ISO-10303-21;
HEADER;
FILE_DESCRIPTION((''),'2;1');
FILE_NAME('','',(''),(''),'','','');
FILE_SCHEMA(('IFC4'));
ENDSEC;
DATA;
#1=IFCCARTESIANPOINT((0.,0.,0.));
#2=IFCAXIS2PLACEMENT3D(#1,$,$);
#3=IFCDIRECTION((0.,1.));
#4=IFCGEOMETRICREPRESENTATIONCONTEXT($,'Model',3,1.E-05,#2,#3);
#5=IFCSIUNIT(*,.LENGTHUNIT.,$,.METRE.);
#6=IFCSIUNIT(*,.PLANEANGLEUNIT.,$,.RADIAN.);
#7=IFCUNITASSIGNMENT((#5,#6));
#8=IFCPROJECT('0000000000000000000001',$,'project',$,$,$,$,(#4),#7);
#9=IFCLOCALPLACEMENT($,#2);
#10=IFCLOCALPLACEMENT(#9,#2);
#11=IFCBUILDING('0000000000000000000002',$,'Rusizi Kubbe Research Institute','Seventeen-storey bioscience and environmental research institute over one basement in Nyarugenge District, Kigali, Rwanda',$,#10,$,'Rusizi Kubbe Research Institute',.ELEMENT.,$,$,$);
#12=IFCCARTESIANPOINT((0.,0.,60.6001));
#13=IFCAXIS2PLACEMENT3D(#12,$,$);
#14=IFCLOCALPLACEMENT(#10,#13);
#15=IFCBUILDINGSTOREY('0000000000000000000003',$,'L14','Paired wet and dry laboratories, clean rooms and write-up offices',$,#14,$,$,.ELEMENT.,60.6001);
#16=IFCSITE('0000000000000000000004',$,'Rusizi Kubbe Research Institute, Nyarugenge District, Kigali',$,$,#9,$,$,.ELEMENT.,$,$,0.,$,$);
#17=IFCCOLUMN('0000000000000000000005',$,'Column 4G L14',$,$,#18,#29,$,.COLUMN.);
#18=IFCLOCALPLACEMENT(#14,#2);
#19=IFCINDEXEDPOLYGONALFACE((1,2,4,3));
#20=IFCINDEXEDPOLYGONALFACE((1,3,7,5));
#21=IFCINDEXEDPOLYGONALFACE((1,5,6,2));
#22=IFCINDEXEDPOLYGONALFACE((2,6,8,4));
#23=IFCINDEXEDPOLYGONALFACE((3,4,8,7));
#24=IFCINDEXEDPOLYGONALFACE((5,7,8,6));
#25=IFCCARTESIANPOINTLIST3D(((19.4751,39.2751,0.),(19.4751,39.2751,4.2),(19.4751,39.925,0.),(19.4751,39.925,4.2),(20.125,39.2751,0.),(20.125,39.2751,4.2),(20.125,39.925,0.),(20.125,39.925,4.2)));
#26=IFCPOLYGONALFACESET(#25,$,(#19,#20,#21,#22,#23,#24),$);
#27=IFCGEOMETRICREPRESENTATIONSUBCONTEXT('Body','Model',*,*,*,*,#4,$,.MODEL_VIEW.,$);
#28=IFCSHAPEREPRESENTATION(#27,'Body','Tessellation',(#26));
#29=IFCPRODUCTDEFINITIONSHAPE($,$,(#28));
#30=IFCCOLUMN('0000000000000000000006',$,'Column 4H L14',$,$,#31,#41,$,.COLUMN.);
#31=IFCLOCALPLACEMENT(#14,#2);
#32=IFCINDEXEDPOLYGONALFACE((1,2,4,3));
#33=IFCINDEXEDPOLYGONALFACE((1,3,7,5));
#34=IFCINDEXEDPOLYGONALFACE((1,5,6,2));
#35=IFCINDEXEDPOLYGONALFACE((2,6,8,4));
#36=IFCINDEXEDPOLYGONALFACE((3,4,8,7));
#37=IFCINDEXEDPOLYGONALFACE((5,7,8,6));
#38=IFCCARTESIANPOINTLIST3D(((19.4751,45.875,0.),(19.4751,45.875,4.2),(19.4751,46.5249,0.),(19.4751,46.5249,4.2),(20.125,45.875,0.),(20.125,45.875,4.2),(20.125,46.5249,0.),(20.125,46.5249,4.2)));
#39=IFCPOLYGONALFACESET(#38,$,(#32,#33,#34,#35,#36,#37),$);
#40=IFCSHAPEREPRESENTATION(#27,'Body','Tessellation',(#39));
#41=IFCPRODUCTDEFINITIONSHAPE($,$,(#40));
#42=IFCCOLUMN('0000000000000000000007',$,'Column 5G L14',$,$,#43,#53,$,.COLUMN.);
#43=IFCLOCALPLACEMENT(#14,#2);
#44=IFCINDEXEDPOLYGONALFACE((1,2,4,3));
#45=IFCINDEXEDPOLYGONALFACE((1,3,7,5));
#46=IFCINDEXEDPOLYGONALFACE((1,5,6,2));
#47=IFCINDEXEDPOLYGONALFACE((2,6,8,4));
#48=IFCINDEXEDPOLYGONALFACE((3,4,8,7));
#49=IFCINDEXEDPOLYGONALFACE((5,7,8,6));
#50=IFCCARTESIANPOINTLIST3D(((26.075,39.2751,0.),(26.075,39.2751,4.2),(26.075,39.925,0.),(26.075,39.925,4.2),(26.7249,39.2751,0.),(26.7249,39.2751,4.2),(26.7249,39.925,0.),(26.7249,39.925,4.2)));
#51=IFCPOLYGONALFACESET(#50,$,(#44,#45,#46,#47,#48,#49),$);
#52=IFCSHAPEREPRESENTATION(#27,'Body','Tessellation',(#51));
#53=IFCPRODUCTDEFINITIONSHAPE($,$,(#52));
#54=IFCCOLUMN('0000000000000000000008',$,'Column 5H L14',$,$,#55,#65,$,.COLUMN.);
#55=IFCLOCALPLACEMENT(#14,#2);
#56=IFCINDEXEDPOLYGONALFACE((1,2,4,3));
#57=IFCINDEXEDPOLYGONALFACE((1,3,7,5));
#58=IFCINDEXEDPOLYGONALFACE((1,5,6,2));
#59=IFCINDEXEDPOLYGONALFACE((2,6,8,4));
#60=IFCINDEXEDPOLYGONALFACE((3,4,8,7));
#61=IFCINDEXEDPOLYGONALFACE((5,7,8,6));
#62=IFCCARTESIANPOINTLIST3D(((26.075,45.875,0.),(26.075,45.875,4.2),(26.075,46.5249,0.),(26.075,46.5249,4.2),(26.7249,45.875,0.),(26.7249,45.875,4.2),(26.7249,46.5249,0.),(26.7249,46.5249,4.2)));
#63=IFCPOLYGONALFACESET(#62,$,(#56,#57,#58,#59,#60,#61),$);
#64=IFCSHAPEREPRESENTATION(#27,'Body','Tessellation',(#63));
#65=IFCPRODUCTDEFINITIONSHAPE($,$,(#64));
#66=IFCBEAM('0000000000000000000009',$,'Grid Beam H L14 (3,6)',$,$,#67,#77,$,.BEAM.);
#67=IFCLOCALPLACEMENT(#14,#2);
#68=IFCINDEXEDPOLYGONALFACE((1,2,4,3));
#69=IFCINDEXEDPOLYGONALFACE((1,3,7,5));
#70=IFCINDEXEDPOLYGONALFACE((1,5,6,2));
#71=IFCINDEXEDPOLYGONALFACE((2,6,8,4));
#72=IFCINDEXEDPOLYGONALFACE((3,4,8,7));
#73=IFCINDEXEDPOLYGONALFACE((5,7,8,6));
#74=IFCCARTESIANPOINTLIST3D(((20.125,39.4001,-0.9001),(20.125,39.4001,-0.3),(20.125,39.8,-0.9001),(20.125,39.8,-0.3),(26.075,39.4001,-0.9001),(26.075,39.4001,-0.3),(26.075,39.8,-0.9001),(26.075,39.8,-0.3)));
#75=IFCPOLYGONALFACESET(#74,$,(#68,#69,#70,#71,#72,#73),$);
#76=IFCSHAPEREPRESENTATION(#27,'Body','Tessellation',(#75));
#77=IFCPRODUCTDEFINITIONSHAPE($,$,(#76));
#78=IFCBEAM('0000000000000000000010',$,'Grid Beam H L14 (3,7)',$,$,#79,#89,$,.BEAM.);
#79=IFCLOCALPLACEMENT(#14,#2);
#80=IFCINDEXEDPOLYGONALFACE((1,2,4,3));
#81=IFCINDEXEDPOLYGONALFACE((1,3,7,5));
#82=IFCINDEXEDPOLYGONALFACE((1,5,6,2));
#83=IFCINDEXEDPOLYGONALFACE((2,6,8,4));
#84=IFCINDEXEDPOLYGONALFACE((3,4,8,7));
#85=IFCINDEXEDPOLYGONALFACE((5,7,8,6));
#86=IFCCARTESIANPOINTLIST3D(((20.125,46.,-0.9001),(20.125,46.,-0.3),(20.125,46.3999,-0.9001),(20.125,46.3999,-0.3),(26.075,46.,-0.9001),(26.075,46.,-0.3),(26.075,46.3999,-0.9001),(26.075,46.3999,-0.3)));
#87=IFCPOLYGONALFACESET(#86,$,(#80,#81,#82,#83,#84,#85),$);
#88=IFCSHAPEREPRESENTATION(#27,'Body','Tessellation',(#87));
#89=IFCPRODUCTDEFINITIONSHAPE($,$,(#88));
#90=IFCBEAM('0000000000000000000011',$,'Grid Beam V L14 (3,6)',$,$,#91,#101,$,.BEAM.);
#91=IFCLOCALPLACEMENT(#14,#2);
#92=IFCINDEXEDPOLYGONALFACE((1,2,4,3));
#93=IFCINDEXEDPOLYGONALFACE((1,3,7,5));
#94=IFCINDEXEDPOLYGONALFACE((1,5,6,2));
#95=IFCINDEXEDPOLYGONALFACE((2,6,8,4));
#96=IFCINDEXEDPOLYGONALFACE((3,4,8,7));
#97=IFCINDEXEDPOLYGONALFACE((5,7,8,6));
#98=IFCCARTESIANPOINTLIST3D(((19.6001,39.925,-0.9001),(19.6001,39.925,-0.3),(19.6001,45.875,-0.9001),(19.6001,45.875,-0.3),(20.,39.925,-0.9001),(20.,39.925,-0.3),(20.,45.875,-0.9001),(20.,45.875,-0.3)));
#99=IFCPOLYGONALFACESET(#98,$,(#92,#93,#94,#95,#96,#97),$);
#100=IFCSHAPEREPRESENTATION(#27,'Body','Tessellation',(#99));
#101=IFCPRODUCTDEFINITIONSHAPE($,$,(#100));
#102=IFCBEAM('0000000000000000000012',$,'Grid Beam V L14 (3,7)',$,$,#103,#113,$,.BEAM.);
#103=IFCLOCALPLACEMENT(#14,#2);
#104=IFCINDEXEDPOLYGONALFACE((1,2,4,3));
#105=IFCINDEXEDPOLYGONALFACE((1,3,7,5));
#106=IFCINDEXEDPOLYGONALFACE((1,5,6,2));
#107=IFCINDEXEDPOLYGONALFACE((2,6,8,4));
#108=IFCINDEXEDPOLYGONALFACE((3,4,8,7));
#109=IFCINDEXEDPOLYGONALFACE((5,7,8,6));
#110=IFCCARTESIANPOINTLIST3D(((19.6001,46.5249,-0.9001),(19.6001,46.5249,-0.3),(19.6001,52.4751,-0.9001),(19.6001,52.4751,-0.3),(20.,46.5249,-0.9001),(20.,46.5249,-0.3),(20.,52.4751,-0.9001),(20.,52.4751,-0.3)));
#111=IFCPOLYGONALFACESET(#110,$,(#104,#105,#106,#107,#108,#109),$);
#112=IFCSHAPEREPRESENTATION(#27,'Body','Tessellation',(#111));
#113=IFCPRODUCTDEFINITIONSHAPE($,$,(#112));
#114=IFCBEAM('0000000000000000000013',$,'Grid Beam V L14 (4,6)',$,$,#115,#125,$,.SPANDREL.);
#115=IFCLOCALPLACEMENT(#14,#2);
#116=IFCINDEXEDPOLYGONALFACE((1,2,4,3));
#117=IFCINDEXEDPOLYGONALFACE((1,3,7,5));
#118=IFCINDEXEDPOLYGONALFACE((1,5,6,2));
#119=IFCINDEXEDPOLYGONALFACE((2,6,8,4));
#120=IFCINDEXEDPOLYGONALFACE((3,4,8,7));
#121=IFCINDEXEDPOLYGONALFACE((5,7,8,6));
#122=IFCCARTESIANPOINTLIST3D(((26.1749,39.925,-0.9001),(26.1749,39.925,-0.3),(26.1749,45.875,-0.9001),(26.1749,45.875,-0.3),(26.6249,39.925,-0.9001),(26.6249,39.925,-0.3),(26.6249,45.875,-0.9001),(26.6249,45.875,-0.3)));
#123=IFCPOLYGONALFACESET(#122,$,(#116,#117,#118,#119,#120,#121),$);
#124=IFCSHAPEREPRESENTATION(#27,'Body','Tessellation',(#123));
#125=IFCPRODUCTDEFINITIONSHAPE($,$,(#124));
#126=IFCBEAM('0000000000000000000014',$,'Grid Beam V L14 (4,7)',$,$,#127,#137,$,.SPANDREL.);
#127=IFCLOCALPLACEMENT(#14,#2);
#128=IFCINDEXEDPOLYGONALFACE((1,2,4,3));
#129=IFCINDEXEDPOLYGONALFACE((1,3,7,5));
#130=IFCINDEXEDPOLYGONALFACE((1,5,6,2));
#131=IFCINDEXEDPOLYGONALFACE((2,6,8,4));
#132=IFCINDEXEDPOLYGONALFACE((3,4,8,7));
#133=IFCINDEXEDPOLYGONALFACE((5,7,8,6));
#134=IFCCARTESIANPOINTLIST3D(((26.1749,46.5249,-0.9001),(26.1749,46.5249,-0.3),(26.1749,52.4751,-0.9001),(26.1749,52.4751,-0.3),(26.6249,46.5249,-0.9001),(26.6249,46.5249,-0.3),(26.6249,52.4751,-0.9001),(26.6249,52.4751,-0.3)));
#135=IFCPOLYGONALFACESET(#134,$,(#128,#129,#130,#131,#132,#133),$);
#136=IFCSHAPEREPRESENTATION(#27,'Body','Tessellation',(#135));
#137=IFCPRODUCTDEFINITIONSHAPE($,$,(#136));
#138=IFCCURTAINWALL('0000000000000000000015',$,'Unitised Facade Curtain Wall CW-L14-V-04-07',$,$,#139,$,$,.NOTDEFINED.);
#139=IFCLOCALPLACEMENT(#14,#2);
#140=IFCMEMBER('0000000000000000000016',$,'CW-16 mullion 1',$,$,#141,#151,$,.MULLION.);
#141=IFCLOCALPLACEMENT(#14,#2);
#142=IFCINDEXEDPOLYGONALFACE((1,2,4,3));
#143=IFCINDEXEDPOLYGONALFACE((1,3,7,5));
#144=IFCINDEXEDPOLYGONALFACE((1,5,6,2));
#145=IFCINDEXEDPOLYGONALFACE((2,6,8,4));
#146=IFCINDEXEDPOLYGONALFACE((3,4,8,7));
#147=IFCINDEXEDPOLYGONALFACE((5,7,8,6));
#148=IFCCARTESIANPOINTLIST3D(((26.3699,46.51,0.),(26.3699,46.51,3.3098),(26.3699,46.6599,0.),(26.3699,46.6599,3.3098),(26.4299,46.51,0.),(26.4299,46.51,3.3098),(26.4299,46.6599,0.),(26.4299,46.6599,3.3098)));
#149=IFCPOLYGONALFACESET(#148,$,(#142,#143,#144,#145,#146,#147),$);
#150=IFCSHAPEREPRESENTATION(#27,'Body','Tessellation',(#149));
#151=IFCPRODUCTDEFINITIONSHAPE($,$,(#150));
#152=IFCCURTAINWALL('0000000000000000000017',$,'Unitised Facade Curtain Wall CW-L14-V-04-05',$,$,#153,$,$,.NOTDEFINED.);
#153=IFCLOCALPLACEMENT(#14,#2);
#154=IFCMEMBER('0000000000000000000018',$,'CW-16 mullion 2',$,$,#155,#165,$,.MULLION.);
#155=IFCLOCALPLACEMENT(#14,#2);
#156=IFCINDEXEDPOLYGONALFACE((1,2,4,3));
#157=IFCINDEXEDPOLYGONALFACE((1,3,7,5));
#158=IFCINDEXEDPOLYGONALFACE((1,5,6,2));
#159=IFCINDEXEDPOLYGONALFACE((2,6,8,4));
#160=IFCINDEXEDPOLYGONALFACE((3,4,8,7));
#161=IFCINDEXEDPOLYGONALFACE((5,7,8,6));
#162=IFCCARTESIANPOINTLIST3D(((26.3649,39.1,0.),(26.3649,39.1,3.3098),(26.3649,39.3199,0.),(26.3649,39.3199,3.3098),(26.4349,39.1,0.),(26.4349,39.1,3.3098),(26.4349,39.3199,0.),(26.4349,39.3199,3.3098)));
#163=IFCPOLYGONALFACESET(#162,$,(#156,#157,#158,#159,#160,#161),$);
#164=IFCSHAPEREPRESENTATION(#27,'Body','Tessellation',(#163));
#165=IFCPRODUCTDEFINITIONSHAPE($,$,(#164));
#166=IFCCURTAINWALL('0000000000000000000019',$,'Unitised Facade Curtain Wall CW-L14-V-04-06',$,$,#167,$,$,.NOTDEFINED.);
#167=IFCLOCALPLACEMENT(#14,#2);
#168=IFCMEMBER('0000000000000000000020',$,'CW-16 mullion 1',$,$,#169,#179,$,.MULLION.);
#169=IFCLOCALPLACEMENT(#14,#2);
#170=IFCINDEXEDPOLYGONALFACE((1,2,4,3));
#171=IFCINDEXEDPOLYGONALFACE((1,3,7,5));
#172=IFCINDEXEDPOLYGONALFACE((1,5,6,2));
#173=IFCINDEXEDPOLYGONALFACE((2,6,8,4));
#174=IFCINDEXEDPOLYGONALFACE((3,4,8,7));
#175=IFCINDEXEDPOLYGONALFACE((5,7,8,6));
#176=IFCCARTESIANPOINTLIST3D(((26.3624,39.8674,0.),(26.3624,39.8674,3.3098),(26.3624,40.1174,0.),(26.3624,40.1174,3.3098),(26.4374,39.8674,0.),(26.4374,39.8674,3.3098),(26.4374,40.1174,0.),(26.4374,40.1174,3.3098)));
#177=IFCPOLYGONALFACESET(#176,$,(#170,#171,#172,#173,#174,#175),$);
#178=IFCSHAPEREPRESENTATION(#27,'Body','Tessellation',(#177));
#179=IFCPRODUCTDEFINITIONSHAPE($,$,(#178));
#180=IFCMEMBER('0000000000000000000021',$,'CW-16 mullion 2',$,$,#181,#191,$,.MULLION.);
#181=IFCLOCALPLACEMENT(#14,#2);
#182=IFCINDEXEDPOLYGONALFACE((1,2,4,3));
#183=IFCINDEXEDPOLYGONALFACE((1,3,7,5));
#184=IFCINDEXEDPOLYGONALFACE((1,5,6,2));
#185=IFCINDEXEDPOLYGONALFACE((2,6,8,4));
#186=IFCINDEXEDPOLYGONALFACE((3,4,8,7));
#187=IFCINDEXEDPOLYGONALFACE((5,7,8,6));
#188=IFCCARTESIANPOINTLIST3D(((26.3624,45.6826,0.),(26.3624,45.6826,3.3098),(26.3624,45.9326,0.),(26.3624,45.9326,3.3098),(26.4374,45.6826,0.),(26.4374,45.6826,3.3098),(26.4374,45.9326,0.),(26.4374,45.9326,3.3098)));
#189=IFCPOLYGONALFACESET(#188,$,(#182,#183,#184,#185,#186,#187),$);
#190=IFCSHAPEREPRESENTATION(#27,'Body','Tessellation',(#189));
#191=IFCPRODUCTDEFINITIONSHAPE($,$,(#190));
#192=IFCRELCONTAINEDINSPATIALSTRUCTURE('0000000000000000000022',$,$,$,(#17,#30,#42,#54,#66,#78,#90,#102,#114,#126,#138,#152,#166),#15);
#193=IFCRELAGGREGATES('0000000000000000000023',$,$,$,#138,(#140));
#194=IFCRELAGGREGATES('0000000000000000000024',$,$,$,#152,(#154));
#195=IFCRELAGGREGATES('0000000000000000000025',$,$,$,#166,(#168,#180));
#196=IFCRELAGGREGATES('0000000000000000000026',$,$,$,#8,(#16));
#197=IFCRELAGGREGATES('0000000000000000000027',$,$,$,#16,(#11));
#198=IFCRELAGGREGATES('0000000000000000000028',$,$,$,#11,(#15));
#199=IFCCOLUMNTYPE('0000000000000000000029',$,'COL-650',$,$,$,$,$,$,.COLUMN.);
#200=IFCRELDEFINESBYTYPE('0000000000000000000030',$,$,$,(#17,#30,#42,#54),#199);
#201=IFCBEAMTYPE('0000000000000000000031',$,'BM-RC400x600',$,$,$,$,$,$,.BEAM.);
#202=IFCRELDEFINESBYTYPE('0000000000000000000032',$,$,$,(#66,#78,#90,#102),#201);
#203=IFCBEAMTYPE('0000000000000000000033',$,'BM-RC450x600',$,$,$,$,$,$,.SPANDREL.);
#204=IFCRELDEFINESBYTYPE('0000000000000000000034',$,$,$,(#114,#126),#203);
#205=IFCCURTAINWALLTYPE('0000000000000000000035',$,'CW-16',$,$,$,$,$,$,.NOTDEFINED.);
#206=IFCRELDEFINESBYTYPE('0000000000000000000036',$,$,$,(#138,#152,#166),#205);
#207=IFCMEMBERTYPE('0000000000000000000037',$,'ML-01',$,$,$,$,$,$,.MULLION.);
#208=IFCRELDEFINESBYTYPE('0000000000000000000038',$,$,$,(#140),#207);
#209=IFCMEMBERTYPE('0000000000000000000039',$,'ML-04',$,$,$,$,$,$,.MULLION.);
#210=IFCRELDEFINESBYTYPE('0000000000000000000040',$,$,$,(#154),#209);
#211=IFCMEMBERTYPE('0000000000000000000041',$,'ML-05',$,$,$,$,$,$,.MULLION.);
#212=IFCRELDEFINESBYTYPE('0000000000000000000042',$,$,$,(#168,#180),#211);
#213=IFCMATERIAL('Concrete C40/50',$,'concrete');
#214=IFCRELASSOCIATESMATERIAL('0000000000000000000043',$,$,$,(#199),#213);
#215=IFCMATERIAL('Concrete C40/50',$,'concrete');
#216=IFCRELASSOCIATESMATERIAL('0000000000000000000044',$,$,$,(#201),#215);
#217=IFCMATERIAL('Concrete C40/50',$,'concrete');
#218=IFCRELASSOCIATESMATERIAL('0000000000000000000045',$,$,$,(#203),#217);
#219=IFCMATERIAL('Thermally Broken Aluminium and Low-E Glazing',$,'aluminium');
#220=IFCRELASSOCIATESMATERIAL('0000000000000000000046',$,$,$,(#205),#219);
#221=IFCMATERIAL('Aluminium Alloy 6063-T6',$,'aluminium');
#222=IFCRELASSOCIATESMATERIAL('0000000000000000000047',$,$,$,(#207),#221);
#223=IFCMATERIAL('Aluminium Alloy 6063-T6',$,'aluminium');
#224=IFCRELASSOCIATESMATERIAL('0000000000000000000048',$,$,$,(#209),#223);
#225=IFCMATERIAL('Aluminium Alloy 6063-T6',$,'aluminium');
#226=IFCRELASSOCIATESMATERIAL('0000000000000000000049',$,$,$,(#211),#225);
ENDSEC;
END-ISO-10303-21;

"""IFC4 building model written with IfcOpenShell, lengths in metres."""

from ifc_helpers import new_model, si_unit, direction, frame, origin, origin_2d, place, context, subcontext, project, spatial, rectangle, extrude, material, material_profile, profile_set, type_object, element, aggregate, save


model = new_model("IFC4")

# Units and contexts
model_context = context("Model", 3, precision=1e-05, world=origin(), true_north=direction((0.0, 1.0)))
body_context = subcontext(model_context, "Body", "Model", "MODEL_VIEW")
ifc_project = project(units=[si_unit("LENGTHUNIT", "METRE"), si_unit("PLANEANGLEUNIT", "RADIAN")], contexts=[model_context])

# Site, building, storey
site_placement = place(None, origin())
site = spatial("IfcSite", under=ifc_project, at=site_placement, Name="Rusizi Kubbe Research Institute, Nyarugenge District, Kigali", CompositionType="ELEMENT", RefElevation=0.0)
building_placement = place(site_placement, origin())
building = spatial("IfcBuilding", under=site, at=building_placement, Name="Rusizi Kubbe Research Institute", Description="Seventeen-storey bioscience and environmental research institute over one basement in Nyarugenge District, Kigali, Rwanda", LongName="Rusizi Kubbe Research Institute", CompositionType="ELEMENT")
storey_placement = place(building_placement, frame((0.0, 0.0, 60.6001)))
storey = spatial("IfcBuildingStorey", under=building, at=storey_placement, Name="L14", Description="Paired wet and dry laboratories, clean rooms and write-up offices", CompositionType="ELEMENT", Elevation=60.6001)

# Columns
ifc_material_1 = material(Name="Concrete C40/50", Category="concrete")
ifc_material_profile_1 = material_profile(ifc_material_1, rectangle(XDim=0.6499, YDim=0.6499, at=origin_2d()), Name="RC650x650")
ifc_profile_set_1 = profile_set([ifc_material_profile_1], Name="Concrete C40/50")
column_type = type_object("IfcColumnType", Name="COL-650", PredefinedType="COLUMN", material=ifc_profile_set_1)
for number, where, z_axis, x_axis, name in (
    (1, (19.8, 39.6001, 0.0), (0.0, 0.0, 1.0), (1.0, 0.0, 0.0), "Column 4G L14"),
    (2, (19.8, 46.2, 0.0), (0.0, 0.0, 1.0), (1.0, 0.0, 0.0), "Column 4H L14"),
    (3, (26.3999, 39.6001, 0.0), (0.0, 0.0, 1.0), (1.0, 0.0, 0.0), "Column 5G L14"),
    (4, (26.3999, 46.2, 0.0), (0.0, 0.0, 1.0), (1.0, 0.0, 0.0), "Column 5H L14"),
):
    element("IfcColumn", number, at=place(storey_placement, frame(where, z_axis=z_axis, x_axis=x_axis)), inside=storey, type_object=column_type, Name=name, PredefinedType="COLUMN", context=body_context, shape_type="SweptSolid", body=[
        extrude(rectangle(XDim=0.6499, YDim=0.6499, at=origin_2d()), origin(), (0.0, 0.0, 1.0), 4.2),
    ])

# Beams
ifc_material_2 = material(Name="Concrete C40/50", Category="concrete")
ifc_material_profile_2 = material_profile(ifc_material_2, rectangle(XDim=0.3999, YDim=0.6001, at=origin_2d()), Name="RC400x600")
ifc_profile_set_2 = profile_set([ifc_material_profile_2], Name="Concrete C40/50")
beam_type_1 = type_object("IfcBeamType", Name="BM-RC400x600", PredefinedType="BEAM", material=ifc_profile_set_2)
for number, where, z_axis, x_axis, name in (
    (5, (20.125, 39.6001, -0.6001), (1.0, 0.0, 0.0), (0.0, 1.0, 0.0), "Grid Beam H L14 (3,6)"),
    (6, (20.125, 46.2, -0.6001), (1.0, 0.0, 0.0), (0.0, 1.0, 0.0), "Grid Beam H L14 (3,7)"),
    (7, (19.8, 39.925, -0.6001), (0.0, 1.0, 0.0), (-1.0, 0.0, 0.0), "Grid Beam V L14 (3,6)"),
):
    element("IfcBeam", number, at=place(storey_placement, frame(where, z_axis=z_axis, x_axis=x_axis)), inside=storey, type_object=beam_type_1, Name=name, PredefinedType="BEAM", context=body_context, shape_type="SweptSolid", body=[
        extrude(rectangle(XDim=0.3999, YDim=0.6001, at=origin_2d()), origin(), (0.0, 0.0, 1.0), 5.95),
    ])
beam_1_placement = place(storey_placement, frame((19.8, 46.5249, -0.6001), z_axis=(0.0, 1.0, 0.0), x_axis=(-1.0, 0.0, 0.0)))
element("IfcBeam", 8, at=beam_1_placement, inside=storey, type_object=beam_type_1, Name="Grid Beam V L14 (3,7)", PredefinedType="BEAM", context=body_context, shape_type="SweptSolid", body=[
    extrude(rectangle(XDim=0.3999, YDim=0.6001, at=origin_2d()), origin(), (0.0, 0.0, 1.0), 5.9502),
])
ifc_material_3 = material(Name="Concrete C40/50", Category="concrete")
ifc_material_profile_3 = material_profile(ifc_material_3, rectangle(XDim=0.45, YDim=0.6001, at=origin_2d()), Name="RC450x600")
ifc_profile_set_3 = profile_set([ifc_material_profile_3], Name="Concrete C40/50")
beam_type_2 = type_object("IfcBeamType", Name="BM-RC450x600", PredefinedType="SPANDREL", material=ifc_profile_set_3)
beam_2_placement = place(storey_placement, frame((26.3999, 39.925, -0.6001), z_axis=(0.0, 1.0, 0.0), x_axis=(-1.0, 0.0, 0.0)))
element("IfcBeam", 9, at=beam_2_placement, inside=storey, type_object=beam_type_2, Name="Grid Beam V L14 (4,6)", PredefinedType="SPANDREL", context=body_context, shape_type="SweptSolid", body=[
    extrude(rectangle(XDim=0.45, YDim=0.6001, at=origin_2d()), origin(), (0.0, 0.0, 1.0), 5.95),
])
beam_3_placement = place(storey_placement, frame((26.3999, 46.5249, -0.6001), z_axis=(0.0, 1.0, 0.0), x_axis=(-1.0, 0.0, 0.0)))
element("IfcBeam", 10, at=beam_3_placement, inside=storey, type_object=beam_type_2, Name="Grid Beam V L14 (4,7)", PredefinedType="SPANDREL", context=body_context, shape_type="SweptSolid", body=[
    extrude(rectangle(XDim=0.45, YDim=0.6001, at=origin_2d()), origin(), (0.0, 0.0, 1.0), 5.9502),
])

# Curtain walls, members
ifc_material_4 = material(Name="Thermally Broken Aluminium and Low-E Glazing", Category="aluminium")
curtain_wall_type = type_object("IfcCurtainWallType", Name="CW-16", PredefinedType="NOTDEFINED", material=ifc_material_4)
curtain_wall_1_placement = place(storey_placement, origin())
curtain_wall_1 = element("IfcCurtainWall", 11, at=curtain_wall_1_placement, inside=storey, type_object=curtain_wall_type, Name="Unitised Facade Curtain Wall CW-L14-V-04-07", PredefinedType="NOTDEFINED")
ifc_material_5 = material(Name="Aluminium Alloy 6063-T6", Category="aluminium")
ifc_material_profile_4 = material_profile(ifc_material_5, rectangle(XDim=0.0601, YDim=0.1499, at=origin_2d()), Name="ALU-M 60x150")
ifc_profile_set_4 = profile_set([ifc_material_profile_4], Name="Aluminium Alloy 6063-T6")
member_type_1 = type_object("IfcMemberType", Name="ML-01", PredefinedType="MULLION", material=ifc_profile_set_4)
member_1_placement = place(storey_placement, frame((26.3999, 46.585, 0.0), z_axis=(0.0, 0.0, 1.0), x_axis=(-1.0, 0.0, 0.0)))
member_1 = element("IfcMember", 12, at=member_1_placement, type_object=member_type_1, Name="CW-16 mullion 1", PredefinedType="MULLION", context=body_context, shape_type="SweptSolid", body=[
    extrude(rectangle(XDim=0.0601, YDim=0.1499, at=origin_2d()), origin(), (0.0, 0.0, 1.0), 3.3098),
])
aggregate(curtain_wall_1, [member_1])
curtain_wall_2_placement = place(storey_placement, origin())
curtain_wall_2 = element("IfcCurtainWall", 13, at=curtain_wall_2_placement, inside=storey, type_object=curtain_wall_type, Name="Unitised Facade Curtain Wall CW-L14-V-04-05", PredefinedType="NOTDEFINED")
ifc_material_6 = material(Name="Aluminium Alloy 6063-T6", Category="aluminium")
ifc_material_profile_5 = material_profile(ifc_material_6, rectangle(XDim=0.0701, YDim=0.22, at=origin_2d()), Name="ALU-M 70x220")
ifc_profile_set_5 = profile_set([ifc_material_profile_5], Name="Aluminium Alloy 6063-T6")
member_type_2 = type_object("IfcMemberType", Name="ML-04", PredefinedType="MULLION", material=ifc_profile_set_5)
member_2_placement = place(storey_placement, frame((26.3999, 39.21, 0.0), z_axis=(0.0, 0.0, 1.0), x_axis=(-1.0, 0.0, 0.0)))
member_2 = element("IfcMember", 14, at=member_2_placement, type_object=member_type_2, Name="CW-16 mullion 2", PredefinedType="MULLION", context=body_context, shape_type="SweptSolid", body=[
    extrude(rectangle(XDim=0.0701, YDim=0.22, at=origin_2d()), origin(), (0.0, 0.0, 1.0), 3.3098),
])

# Curtain wall, members
curtain_wall_3_placement = place(storey_placement, origin())
curtain_wall_3 = element("IfcCurtainWall", 15, at=curtain_wall_3_placement, inside=storey, type_object=curtain_wall_type, Name="Unitised Facade Curtain Wall CW-L14-V-04-06", PredefinedType="NOTDEFINED")
ifc_material_7 = material(Name="Aluminium Alloy 6063-T6", Category="aluminium")
ifc_material_profile_6 = material_profile(ifc_material_7, rectangle(XDim=0.075, YDim=0.25, at=origin_2d()), Name="ALU-M 75x250")
ifc_profile_set_6 = profile_set([ifc_material_profile_6], Name="Aluminium Alloy 6063-T6")
member_type_3 = type_object("IfcMemberType", Name="ML-05", PredefinedType="MULLION", material=ifc_profile_set_6)
member_3_placement = place(storey_placement, frame((26.3999, 39.9924, 0.0), z_axis=(0.0, 0.0, 1.0), x_axis=(-1.0, 0.0, 0.0)))
member_3 = element("IfcMember", 16, at=member_3_placement, type_object=member_type_3, Name="CW-16 mullion 1", PredefinedType="MULLION", context=body_context, shape_type="SweptSolid", body=[
    extrude(rectangle(XDim=0.075, YDim=0.25, at=origin_2d()), origin(), (0.0, 0.0, 1.0), 3.3098),
])
member_4_placement = place(storey_placement, frame((26.3999, 45.8076, 0.0), z_axis=(0.0, 0.0, 1.0), x_axis=(-1.0, 0.0, 0.0)))
member_4 = element("IfcMember", 17, at=member_4_placement, type_object=member_type_3, Name="CW-16 mullion 2", PredefinedType="MULLION", context=body_context, shape_type="SweptSolid", body=[
    extrude(rectangle(XDim=0.075, YDim=0.25, at=origin_2d()), origin(), (0.0, 0.0, 1.0), 3.3098),
])

aggregate(curtain_wall_2, [member_2])
aggregate(curtain_wall_3, [member_3, member_4])

save(model, "model.ifc")
